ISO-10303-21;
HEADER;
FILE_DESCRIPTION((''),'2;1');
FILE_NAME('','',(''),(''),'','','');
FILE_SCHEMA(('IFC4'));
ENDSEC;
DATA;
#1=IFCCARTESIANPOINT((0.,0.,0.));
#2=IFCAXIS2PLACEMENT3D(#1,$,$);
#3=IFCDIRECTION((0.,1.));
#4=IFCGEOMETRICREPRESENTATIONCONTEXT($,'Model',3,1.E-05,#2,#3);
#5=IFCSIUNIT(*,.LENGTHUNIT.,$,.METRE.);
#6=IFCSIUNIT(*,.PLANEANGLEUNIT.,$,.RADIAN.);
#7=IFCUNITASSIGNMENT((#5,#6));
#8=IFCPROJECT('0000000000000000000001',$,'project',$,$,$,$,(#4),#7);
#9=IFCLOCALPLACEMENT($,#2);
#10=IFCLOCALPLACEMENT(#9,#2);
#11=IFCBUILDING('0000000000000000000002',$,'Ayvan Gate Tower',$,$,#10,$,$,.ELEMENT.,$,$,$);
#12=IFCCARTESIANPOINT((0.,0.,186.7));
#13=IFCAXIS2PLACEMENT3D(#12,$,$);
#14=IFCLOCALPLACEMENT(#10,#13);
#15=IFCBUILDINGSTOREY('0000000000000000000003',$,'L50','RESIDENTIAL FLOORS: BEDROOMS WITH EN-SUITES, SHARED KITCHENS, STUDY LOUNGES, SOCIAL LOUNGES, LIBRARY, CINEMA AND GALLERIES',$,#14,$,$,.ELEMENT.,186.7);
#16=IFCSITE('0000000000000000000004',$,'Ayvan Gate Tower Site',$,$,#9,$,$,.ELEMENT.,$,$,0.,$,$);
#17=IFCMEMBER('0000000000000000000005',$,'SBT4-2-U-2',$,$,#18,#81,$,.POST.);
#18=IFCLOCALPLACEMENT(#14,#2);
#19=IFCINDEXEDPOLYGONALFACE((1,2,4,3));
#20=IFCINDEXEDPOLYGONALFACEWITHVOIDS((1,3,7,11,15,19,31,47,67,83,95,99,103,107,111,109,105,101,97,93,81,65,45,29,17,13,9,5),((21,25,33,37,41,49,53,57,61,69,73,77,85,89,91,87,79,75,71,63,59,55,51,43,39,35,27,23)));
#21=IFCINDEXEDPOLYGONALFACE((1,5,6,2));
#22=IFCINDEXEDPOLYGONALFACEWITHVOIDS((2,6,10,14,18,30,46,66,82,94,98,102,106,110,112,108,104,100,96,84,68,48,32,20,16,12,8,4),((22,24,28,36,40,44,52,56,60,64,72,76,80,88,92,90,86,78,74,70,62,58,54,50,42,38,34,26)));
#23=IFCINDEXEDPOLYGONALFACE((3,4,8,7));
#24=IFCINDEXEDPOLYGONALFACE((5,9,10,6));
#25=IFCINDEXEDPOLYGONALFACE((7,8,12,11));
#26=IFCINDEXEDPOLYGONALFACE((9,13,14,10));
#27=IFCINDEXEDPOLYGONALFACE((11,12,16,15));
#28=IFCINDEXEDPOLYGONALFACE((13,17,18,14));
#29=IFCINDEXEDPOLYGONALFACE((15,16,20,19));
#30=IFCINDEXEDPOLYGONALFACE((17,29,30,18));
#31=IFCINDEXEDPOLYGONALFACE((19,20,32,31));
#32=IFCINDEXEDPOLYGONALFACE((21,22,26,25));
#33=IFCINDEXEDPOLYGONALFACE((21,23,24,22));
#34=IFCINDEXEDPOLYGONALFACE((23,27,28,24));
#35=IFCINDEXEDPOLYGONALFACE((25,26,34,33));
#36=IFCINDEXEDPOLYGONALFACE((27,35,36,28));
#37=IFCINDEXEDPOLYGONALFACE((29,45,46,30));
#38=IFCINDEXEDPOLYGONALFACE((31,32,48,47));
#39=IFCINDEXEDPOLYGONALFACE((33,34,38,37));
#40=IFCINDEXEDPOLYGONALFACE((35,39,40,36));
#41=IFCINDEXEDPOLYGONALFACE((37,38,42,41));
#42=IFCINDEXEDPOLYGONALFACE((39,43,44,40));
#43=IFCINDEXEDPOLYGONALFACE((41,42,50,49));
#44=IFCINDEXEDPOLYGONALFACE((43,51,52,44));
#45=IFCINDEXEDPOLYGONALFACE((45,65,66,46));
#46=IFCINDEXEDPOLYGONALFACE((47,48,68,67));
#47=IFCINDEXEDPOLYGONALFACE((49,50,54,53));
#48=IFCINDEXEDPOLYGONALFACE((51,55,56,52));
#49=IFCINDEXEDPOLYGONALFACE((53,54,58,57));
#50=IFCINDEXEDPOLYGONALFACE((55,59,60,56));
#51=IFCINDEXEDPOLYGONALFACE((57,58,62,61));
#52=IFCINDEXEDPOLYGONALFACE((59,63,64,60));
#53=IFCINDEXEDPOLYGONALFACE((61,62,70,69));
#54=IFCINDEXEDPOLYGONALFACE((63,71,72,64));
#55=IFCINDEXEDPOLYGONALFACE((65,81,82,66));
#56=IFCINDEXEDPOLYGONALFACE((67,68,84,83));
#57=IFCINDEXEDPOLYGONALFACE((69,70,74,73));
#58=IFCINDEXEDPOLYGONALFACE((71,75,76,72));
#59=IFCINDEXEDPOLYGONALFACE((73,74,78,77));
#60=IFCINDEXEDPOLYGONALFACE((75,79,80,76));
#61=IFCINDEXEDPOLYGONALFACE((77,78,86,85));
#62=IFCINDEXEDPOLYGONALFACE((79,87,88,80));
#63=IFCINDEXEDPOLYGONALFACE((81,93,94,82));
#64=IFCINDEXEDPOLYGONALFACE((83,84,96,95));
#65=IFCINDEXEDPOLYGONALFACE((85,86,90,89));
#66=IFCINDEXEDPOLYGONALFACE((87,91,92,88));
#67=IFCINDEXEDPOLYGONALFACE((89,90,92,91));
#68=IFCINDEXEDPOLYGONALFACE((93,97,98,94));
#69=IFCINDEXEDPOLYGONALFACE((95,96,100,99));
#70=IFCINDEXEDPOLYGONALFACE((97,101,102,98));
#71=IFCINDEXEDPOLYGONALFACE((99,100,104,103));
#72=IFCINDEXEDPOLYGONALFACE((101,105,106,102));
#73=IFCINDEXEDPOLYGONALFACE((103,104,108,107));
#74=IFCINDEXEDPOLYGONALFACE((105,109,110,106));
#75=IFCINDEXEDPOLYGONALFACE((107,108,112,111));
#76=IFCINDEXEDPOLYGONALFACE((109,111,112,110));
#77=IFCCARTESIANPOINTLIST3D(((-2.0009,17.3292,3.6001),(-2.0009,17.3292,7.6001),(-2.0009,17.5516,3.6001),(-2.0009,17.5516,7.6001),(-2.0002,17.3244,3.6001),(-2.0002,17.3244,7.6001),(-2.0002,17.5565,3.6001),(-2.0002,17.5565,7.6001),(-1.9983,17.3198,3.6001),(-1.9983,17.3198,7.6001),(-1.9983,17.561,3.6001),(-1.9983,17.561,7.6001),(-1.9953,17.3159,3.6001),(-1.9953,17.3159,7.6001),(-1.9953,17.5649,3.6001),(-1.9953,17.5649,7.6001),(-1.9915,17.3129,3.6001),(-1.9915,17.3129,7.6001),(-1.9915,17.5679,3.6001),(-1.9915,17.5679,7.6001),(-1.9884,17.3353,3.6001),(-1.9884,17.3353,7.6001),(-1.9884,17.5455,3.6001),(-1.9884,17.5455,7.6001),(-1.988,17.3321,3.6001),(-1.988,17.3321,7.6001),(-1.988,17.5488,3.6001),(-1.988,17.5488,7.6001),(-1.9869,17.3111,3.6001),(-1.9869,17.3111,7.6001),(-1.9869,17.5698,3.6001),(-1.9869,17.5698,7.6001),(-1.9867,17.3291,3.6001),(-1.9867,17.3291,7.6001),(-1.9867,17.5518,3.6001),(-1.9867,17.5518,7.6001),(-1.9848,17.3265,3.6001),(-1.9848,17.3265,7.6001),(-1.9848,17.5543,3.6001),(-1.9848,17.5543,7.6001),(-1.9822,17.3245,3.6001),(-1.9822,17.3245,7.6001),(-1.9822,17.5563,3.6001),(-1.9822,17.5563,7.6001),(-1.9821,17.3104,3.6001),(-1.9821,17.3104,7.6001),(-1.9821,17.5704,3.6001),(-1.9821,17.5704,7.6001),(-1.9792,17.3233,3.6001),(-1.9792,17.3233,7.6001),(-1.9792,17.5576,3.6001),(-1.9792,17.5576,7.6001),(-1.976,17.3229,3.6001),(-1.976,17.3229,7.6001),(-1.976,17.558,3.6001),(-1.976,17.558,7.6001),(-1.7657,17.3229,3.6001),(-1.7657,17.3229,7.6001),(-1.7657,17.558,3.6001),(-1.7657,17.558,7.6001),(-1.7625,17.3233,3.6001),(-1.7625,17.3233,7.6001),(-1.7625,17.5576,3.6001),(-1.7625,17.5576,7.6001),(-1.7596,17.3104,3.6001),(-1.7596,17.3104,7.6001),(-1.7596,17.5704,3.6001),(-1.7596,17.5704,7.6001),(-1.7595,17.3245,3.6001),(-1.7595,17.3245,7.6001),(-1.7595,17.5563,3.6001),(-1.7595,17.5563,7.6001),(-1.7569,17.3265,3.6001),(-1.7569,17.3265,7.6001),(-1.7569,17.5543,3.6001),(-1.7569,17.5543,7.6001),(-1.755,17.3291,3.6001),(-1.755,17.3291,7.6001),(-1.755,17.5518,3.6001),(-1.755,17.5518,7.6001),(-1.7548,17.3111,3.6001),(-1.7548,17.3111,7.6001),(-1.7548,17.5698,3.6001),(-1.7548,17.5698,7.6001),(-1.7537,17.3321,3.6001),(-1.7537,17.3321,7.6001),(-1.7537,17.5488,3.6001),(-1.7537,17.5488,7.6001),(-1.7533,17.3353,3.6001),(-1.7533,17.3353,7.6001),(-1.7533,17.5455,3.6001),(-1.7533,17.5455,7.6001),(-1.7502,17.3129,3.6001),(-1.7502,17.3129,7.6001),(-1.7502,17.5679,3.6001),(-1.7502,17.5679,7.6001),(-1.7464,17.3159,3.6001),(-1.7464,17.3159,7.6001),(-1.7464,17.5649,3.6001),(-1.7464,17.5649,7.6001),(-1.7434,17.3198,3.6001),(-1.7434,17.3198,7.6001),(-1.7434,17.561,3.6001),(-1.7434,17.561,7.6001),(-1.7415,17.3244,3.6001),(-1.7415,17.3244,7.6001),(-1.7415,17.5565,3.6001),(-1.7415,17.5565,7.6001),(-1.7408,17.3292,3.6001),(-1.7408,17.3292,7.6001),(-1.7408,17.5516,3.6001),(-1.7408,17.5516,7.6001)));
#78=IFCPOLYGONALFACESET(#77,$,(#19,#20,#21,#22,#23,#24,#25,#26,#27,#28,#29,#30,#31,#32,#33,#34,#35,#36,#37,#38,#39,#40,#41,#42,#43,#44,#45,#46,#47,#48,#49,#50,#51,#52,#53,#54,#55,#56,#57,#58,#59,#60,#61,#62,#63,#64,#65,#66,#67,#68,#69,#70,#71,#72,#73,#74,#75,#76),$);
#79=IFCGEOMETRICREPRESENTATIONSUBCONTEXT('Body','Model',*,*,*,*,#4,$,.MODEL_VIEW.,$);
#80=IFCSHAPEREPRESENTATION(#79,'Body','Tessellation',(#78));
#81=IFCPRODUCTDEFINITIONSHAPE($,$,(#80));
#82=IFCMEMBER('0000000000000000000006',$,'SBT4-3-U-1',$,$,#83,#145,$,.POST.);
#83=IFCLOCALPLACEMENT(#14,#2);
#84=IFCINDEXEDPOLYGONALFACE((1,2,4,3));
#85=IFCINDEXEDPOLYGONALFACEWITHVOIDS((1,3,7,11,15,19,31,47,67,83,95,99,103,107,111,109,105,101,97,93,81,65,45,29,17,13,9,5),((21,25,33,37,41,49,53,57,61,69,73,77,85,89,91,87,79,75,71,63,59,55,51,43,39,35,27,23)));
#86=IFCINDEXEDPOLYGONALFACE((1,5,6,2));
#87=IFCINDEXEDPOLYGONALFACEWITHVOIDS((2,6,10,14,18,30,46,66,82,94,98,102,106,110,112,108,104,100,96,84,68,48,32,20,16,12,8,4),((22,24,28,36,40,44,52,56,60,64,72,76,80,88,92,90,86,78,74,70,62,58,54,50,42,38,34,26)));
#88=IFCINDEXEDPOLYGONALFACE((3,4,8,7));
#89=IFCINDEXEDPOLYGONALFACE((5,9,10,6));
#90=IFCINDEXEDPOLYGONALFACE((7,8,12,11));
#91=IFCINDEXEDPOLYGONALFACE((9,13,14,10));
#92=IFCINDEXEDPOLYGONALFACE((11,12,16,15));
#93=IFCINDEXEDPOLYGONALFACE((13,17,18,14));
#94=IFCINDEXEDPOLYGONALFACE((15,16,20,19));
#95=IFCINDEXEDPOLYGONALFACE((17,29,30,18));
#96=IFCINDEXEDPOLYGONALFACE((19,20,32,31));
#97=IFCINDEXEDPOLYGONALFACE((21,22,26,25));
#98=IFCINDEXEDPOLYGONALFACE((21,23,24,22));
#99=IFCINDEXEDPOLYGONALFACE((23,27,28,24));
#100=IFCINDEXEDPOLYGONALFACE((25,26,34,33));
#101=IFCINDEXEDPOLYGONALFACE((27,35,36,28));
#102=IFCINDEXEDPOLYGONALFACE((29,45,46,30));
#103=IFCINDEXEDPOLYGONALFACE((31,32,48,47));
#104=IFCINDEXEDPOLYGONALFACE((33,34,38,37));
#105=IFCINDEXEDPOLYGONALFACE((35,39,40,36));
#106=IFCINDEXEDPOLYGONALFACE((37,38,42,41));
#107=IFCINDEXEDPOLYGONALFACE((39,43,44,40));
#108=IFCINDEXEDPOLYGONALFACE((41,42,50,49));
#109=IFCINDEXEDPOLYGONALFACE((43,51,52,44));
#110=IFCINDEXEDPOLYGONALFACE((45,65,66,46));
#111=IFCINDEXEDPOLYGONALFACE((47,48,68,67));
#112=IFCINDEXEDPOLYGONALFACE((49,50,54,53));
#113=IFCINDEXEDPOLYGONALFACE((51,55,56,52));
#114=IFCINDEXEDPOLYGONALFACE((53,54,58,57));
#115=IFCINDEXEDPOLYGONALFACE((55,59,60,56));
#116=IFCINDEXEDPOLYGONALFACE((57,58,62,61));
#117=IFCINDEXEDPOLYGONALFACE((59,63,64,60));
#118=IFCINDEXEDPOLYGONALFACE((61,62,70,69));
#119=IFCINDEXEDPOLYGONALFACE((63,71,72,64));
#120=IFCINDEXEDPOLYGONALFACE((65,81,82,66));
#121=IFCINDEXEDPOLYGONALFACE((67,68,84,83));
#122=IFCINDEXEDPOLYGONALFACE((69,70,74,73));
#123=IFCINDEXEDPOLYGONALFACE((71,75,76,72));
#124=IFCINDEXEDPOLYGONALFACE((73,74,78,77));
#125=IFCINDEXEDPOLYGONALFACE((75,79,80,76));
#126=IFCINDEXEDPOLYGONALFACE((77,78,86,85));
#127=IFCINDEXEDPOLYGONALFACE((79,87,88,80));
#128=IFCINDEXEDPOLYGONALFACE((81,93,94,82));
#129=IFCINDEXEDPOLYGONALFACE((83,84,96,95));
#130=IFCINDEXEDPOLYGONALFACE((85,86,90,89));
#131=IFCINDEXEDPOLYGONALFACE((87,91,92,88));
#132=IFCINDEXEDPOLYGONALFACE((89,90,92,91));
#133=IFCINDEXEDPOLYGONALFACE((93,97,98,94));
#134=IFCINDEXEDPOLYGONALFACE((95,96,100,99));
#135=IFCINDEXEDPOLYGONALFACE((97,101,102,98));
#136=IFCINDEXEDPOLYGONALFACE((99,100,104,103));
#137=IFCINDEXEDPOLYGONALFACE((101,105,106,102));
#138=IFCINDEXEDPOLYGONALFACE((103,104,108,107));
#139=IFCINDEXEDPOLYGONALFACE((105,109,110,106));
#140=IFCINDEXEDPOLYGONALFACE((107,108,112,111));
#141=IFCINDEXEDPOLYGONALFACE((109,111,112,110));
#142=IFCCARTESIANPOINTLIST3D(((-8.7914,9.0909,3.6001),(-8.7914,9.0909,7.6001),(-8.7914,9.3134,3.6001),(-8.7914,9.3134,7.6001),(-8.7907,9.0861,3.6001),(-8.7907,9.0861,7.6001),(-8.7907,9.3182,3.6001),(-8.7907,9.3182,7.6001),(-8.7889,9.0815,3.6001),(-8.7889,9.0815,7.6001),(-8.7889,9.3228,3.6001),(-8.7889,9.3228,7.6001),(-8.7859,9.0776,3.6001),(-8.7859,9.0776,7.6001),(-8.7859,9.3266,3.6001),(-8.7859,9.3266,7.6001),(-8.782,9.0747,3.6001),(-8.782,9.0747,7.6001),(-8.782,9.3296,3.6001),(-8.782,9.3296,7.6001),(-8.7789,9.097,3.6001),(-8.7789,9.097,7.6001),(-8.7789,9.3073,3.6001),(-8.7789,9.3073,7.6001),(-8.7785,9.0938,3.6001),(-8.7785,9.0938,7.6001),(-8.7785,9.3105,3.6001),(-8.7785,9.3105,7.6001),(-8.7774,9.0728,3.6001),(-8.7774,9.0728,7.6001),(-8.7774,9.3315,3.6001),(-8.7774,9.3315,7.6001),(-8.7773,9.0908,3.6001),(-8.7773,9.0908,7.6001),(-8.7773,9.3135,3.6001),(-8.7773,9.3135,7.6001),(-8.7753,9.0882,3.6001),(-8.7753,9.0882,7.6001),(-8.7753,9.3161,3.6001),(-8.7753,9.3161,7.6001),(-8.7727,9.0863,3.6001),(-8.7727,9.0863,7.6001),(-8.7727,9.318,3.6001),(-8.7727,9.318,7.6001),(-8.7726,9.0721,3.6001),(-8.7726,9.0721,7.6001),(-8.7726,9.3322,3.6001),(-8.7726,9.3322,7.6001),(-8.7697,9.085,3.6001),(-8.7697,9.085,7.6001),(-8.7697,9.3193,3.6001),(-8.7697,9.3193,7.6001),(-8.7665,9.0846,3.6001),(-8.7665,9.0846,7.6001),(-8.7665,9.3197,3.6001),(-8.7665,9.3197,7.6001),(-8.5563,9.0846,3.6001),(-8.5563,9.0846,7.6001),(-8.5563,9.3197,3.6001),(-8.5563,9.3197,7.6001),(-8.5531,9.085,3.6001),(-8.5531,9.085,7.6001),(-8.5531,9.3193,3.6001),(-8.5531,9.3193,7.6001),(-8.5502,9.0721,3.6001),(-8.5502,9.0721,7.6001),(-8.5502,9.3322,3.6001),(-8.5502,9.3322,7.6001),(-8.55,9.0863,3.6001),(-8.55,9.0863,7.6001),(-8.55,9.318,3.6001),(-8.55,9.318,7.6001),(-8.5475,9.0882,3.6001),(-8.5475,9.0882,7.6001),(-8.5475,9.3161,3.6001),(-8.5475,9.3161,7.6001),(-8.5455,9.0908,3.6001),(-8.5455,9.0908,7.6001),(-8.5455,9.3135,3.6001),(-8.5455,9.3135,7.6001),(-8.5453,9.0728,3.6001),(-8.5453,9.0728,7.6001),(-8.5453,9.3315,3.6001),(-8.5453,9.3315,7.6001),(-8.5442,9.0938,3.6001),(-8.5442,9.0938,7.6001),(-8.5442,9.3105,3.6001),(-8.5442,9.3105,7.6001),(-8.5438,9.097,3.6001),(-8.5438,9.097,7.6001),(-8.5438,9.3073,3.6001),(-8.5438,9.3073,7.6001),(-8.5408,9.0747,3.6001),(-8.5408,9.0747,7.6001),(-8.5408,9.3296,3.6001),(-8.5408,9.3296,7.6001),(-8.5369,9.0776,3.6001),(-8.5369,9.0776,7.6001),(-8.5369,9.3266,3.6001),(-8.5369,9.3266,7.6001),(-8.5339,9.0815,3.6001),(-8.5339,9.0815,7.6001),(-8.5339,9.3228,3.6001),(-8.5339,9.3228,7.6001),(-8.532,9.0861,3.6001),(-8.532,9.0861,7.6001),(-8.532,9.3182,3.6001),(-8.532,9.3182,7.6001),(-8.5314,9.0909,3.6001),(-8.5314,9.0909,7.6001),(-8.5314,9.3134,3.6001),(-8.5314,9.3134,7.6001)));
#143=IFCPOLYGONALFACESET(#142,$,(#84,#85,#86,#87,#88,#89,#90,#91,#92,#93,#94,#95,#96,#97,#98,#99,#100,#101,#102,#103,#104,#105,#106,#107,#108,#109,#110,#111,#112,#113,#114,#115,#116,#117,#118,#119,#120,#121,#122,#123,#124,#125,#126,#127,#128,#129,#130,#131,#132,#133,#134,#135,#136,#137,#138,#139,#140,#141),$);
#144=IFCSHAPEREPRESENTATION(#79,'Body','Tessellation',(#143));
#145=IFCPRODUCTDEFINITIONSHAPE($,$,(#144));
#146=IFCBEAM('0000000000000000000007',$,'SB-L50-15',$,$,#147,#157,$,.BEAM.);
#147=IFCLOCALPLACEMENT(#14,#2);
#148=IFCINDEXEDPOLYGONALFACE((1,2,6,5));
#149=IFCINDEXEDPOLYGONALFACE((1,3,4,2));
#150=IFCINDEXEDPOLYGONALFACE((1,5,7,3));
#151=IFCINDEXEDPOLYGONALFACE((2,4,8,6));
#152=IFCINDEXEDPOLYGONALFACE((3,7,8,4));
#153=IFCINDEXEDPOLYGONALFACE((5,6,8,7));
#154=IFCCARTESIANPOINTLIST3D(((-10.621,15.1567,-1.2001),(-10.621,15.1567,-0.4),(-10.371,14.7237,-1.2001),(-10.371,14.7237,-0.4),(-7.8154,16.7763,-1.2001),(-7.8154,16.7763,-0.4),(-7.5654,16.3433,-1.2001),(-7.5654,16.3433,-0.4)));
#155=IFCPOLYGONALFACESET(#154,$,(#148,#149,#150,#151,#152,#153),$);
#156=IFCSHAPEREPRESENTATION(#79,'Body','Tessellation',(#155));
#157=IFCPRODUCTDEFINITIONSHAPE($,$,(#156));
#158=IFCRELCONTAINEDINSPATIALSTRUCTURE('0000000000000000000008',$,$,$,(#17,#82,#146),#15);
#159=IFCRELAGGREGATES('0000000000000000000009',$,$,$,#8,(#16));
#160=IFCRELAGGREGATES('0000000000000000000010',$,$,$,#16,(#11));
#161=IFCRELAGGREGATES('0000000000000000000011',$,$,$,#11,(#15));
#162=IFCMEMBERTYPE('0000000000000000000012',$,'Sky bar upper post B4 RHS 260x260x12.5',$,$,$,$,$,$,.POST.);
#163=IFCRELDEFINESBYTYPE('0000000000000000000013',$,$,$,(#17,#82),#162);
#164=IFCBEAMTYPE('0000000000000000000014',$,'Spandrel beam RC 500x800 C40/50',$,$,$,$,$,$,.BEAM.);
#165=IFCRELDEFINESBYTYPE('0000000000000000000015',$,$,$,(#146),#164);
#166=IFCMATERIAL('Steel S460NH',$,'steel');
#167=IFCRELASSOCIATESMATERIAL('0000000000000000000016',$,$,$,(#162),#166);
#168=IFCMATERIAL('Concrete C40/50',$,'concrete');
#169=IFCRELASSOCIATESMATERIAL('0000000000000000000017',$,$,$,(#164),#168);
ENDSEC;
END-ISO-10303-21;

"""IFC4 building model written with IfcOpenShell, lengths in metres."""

from ifc_helpers import new_model, si_unit, direction, frame, origin, origin_2d, place, context, subcontext, project, spatial, rectangle, hollow_rectangle, extrude, material, material_profile, profile_set, type_object, element, save


model = new_model("IFC4")

# Units and contexts
model_context = context("Model", 3, precision=1e-05, world=origin(), true_north=direction((0.0, 1.0)))
body_context = subcontext(model_context, "Body", "Model", "MODEL_VIEW")
ifc_project = project(units=[si_unit("LENGTHUNIT", "METRE"), si_unit("PLANEANGLEUNIT", "RADIAN")], contexts=[model_context])

# Site, building, storey
site_placement = place(None, origin())
site = spatial("IfcSite", under=ifc_project, at=site_placement, Name="Ayvan Gate Tower Site", CompositionType="ELEMENT", RefElevation=0.0)
building_placement = place(site_placement, origin())
building = spatial("IfcBuilding", under=site, at=building_placement, Name="Ayvan Gate Tower", CompositionType="ELEMENT")
storey_placement = place(building_placement, frame((0.0, 0.0, 186.7)))
storey = spatial("IfcBuildingStorey", under=building, at=storey_placement, Name="L50", Description="RESIDENTIAL FLOORS: BEDROOMS WITH EN-SUITES, SHARED KITCHENS, STUDY LOUNGES, SOCIAL LOUNGES, LIBRARY, CINEMA AND GALLERIES", CompositionType="ELEMENT", Elevation=186.7)

# Members
ifc_material_1 = material(Name="Steel S460NH", Category="steel")
ifc_material_profile_1 = material_profile(ifc_material_1, hollow_rectangle(XDim=0.26, YDim=0.26, WallThickness=0.0125, InnerFilletRadius=0.0125, OuterFilletRadius=0.0188, at=origin_2d()), Name="RHS 260x260x12.5")
ifc_profile_set_1 = profile_set([ifc_material_profile_1], Name="Steel S460NH")
member_type_1 = type_object("IfcMemberType", Name="Sky bar upper post B4 RHS 260x260x12.5", PredefinedType="POST", material=ifc_profile_set_1)
for number, where, z_axis, x_axis, name in (
    (1, (-1.8708, 17.4404, 3.6001), (0.0, 0.0, 1.0), (1.0, 0.0, 0.0), "SBT4-2-U-2"),
    (2, (-8.6614, 9.2021, 3.6001), (0.0, 0.0, 1.0), (1.0, 0.0, 0.0), "SBT4-3-U-1"),
):
    element("IfcMember", number, at=place(storey_placement, frame(where, z_axis=z_axis, x_axis=x_axis)), inside=storey, type_object=member_type_1, Name=name, PredefinedType="POST", context=body_context, shape_type="SweptSolid", body=[
        extrude(hollow_rectangle(XDim=0.26, YDim=0.26, WallThickness=0.0125, InnerFilletRadius=0.0125, OuterFilletRadius=0.0188, at=origin_2d()), origin(), (0.0, 0.0, 1.0), 4.0),
    ])

# Beam
ifc_material_2 = material(Name="Concrete C40/50", Category="concrete")
ifc_material_profile_2 = material_profile(ifc_material_2, rectangle(XDim=0.5, YDim=0.8, at=origin_2d()), Name="RC 500x800")
ifc_profile_set_2 = profile_set([ifc_material_profile_2], Name="Concrete C40/50")
beam_type = type_object("IfcBeamType", Name="Spandrel beam RC 500x800 C40/50", PredefinedType="BEAM", material=ifc_profile_set_2)
beam_placement = place(storey_placement, frame((-7.6904, 16.5598, -0.8), z_axis=(-0.866055, -0.499949, 0.0), x_axis=(0.499949, -0.866055, 0.0)))
element("IfcBeam", 3, at=beam_placement, inside=storey, type_object=beam_type, Name="SB-L50-15", PredefinedType="BEAM", context=body_context, shape_type="SweptSolid", body=[
    extrude(rectangle(XDim=0.5, YDim=0.8, at=origin_2d()), origin(), (0.0, 0.0, 1.0), 3.2395),
])

save(model, "model.ifc")
